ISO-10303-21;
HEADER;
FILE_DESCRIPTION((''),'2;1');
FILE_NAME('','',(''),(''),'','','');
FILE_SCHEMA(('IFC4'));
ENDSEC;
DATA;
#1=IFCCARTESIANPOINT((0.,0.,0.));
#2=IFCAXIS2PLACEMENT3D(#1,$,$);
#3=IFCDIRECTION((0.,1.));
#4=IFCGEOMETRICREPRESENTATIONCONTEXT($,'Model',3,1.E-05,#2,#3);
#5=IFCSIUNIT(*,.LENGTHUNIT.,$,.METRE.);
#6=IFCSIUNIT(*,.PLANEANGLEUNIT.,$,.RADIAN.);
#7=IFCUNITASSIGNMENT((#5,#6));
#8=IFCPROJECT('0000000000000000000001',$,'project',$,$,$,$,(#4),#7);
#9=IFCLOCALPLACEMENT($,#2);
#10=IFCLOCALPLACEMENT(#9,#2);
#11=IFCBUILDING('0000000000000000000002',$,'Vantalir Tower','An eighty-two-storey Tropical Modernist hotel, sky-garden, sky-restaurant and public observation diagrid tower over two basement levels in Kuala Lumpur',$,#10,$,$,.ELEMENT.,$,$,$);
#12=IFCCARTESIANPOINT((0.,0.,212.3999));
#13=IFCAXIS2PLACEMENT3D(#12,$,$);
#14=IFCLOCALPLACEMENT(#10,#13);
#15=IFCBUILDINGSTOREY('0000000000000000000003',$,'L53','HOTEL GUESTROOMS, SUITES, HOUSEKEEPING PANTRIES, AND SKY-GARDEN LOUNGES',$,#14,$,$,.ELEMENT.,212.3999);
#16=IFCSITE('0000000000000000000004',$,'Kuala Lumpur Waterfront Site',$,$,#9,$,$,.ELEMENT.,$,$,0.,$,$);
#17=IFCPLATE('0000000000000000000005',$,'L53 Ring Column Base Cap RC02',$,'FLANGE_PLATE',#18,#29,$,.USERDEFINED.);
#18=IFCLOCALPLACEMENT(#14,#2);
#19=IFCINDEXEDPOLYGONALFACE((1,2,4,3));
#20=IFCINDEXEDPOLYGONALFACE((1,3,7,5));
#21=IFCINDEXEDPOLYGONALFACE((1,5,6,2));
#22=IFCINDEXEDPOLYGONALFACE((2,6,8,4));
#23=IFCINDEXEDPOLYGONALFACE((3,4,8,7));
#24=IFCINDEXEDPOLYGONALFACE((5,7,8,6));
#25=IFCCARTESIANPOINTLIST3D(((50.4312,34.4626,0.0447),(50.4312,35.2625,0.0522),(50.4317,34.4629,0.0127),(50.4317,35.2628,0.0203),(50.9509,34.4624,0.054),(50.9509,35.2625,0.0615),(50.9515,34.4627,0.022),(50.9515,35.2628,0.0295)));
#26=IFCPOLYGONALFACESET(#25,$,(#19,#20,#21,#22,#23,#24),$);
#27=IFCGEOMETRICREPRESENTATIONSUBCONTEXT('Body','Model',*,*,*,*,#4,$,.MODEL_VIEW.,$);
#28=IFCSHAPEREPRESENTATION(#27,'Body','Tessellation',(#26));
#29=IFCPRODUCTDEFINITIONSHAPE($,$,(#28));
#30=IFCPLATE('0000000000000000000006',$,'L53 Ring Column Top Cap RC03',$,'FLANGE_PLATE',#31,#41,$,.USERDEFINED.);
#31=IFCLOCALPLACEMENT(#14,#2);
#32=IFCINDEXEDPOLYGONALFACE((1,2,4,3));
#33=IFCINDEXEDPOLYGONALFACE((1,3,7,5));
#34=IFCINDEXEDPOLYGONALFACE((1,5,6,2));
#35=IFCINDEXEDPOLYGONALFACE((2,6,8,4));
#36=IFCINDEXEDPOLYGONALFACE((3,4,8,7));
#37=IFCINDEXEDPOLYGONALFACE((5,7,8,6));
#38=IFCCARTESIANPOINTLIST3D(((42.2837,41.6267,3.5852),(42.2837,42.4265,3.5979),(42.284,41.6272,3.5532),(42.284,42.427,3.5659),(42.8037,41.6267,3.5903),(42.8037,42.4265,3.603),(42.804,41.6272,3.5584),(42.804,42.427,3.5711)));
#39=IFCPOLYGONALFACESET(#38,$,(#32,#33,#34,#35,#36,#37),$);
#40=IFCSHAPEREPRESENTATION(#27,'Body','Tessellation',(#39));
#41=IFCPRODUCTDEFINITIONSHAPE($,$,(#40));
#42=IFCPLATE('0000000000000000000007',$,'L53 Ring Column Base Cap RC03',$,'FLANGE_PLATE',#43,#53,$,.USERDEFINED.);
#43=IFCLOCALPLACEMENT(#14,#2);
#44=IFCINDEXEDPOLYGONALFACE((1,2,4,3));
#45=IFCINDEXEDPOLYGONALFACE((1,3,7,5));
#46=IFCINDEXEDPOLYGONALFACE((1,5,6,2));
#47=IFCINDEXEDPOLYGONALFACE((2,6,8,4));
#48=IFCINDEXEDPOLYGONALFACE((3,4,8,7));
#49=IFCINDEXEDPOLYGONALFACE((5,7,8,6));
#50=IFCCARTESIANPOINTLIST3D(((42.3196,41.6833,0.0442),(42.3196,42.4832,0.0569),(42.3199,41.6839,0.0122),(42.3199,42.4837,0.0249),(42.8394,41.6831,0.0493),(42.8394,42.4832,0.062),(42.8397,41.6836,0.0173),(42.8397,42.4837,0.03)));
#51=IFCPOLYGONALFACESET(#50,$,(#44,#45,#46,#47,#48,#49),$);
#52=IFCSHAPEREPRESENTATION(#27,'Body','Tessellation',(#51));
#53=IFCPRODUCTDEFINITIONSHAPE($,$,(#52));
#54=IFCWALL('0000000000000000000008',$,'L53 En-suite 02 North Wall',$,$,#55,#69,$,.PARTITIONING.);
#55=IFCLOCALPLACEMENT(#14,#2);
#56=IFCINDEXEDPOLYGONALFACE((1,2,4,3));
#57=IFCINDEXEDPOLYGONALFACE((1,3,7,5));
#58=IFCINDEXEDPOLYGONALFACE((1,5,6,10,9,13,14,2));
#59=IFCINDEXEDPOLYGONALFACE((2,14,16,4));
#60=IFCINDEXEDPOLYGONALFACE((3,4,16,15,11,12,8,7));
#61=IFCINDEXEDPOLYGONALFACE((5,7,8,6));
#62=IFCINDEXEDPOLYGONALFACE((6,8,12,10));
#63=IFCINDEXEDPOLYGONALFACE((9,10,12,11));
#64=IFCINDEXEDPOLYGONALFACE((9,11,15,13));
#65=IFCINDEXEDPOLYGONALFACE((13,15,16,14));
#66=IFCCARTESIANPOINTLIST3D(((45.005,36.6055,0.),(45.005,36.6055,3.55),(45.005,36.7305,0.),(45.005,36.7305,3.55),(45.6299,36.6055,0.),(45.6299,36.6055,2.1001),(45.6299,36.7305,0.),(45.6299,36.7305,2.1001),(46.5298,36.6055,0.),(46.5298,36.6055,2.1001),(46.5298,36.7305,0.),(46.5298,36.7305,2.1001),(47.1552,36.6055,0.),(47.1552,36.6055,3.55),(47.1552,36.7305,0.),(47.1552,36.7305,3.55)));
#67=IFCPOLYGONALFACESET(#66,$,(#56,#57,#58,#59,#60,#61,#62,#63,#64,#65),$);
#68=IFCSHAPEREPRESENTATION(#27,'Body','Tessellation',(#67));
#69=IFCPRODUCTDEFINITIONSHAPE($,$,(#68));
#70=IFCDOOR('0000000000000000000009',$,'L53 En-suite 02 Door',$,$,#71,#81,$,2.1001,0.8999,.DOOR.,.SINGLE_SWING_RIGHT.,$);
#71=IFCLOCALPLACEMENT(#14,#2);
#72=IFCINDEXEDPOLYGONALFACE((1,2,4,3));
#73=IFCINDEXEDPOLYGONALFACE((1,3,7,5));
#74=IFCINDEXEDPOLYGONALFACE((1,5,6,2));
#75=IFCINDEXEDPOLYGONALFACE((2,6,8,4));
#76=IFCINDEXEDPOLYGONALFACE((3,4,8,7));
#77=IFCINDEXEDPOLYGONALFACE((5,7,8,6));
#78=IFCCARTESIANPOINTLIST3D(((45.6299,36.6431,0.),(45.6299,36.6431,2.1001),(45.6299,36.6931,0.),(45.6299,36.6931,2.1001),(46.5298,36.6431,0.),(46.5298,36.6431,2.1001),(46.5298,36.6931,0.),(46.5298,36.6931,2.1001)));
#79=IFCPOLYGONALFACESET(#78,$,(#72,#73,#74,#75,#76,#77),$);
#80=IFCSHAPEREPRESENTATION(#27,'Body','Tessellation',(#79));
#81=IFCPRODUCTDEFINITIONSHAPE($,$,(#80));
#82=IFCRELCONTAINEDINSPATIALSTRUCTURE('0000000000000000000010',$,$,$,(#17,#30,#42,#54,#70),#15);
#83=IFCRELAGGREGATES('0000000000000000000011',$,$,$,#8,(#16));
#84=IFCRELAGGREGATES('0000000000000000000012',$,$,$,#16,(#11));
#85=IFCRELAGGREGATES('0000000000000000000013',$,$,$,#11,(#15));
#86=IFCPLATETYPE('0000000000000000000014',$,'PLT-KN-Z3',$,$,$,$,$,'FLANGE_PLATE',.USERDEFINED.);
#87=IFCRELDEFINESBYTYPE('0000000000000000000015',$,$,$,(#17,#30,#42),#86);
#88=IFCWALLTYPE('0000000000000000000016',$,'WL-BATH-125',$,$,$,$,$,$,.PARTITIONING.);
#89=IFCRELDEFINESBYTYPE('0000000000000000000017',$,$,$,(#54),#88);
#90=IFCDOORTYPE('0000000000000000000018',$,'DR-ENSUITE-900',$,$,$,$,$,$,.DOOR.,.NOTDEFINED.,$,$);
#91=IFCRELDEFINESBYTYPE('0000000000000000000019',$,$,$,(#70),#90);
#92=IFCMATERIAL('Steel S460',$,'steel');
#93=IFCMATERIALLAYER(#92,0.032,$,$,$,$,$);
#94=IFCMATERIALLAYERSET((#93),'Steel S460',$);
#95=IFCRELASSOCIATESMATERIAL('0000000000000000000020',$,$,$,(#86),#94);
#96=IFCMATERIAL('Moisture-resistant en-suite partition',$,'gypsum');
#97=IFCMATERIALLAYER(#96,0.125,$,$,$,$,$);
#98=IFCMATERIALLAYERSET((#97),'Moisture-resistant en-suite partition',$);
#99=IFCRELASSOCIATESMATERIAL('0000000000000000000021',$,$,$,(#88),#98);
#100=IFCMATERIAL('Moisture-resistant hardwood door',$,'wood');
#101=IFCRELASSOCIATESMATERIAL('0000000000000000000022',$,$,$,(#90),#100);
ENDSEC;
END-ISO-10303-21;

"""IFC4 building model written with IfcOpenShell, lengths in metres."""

from ifc_helpers import new_model, si_unit, direction, frame, frame_2d, origin, place, context, subcontext, project, spatial, polyline, rectangle, outline, extrude, material, layer, layer_set, type_object, element, fill, save


model = new_model("IFC4")

# Units and contexts
model_context = context("Model", 3, precision=1e-05, world=origin(), true_north=direction((0.0, 1.0)))
body_context = subcontext(model_context, "Body", "Model", "MODEL_VIEW")
ifc_project = project(units=[si_unit("LENGTHUNIT", "METRE"), si_unit("PLANEANGLEUNIT", "RADIAN")], contexts=[model_context])

# Site, building, storey
site_placement = place(None, origin())
site = spatial("IfcSite", under=ifc_project, at=site_placement, Name="Kuala Lumpur Waterfront Site", CompositionType="ELEMENT", RefElevation=0.0)
building_placement = place(site_placement, origin())
building = spatial("IfcBuilding", under=site, at=building_placement, Name="Vantalir Tower", Description="An eighty-two-storey Tropical Modernist hotel, sky-garden, sky-restaurant and public observation diagrid tower over two basement levels in Kuala Lumpur", CompositionType="ELEMENT")
storey_placement = place(building_placement, frame((0.0, 0.0, 212.3999)))
storey = spatial("IfcBuildingStorey", under=building, at=storey_placement, Name="L53", Description="HOTEL GUESTROOMS, SUITES, HOUSEKEEPING PANTRIES, AND SKY-GARDEN LOUNGES", CompositionType="ELEMENT", Elevation=212.3999)

# Shared definitions
ifc_material_1 = material(Name="Steel S460", Category="steel")

# Plates
ifc_layer_1 = layer(ifc_material_1, 0.032)
ifc_layer_set_1 = layer_set([ifc_layer_1], Name="Steel S460")
plate_type_1 = type_object("IfcPlateType", Name="PLT-KN-Z3", ElementType="FLANGE_PLATE", PredefinedType="USERDEFINED", material=ifc_layer_set_1)
plate_1_placement = place(storey_placement, frame((50.4312, 35.2625, 0.0522), z_axis=(-0.017847, -0.009459, 0.999796), x_axis=(0.0, -0.999955, -0.009461)))
element("IfcPlate", 1, at=plate_1_placement, inside=storey, type_object=plate_type_1, Name="L53 Ring Column Base Cap RC02", ObjectType="FLANGE_PLATE", PredefinedType="USERDEFINED", context=body_context, shape_type="SweptSolid", body=[
    extrude(outline(polyline([(0.0, 0.0), (0.7998, 0.0), (0.8, 0.5199), (-0.0001, 0.5199), (0.0, 0.0)])), origin(), (0.0, 0.0, -1.0), 0.032),
])
plate_2_placement = place(storey_placement, frame((42.2837, 42.4265, 3.5979), z_axis=(-0.009857, -0.01587, 0.999825), x_axis=(0.0, -0.999874, -0.015871)))
element("IfcPlate", 2, at=plate_2_placement, inside=storey, type_object=plate_type_1, Name="L53 Ring Column Top Cap RC03", ObjectType="FLANGE_PLATE", PredefinedType="USERDEFINED", context=body_context, shape_type="SweptSolid", body=[
    extrude(outline(polyline([(0.0, 0.0), (0.7999, 0.0), (0.7998, 0.52), (-0.0001, 0.52), (0.0, 0.0)])), origin(), (0.0, 0.0, -1.0), 0.032),
])
plate_3_placement = place(storey_placement, frame((42.3196, 42.4832, 0.0569), z_axis=(-0.009866, -0.015868, 0.999825), x_axis=(0.0, -0.999874, -0.015869)))
element("IfcPlate", 3, at=plate_3_placement, inside=storey, type_object=plate_type_1, Name="L53 Ring Column Base Cap RC03", ObjectType="FLANGE_PLATE", PredefinedType="USERDEFINED", context=body_context, shape_type="SweptSolid", body=[
    extrude(outline(polyline([(0.0, 0.0), (0.7999, 0.0), (0.8001, 0.5198), (-0.0001, 0.5198), (0.0, 0.0)])), origin(), (0.0, 0.0, -1.0), 0.032),
])

# Wall, opening, door
ifc_material_2 = material(Name="Moisture-resistant en-suite partition", Category="gypsum")
ifc_layer_2 = layer(ifc_material_2, 0.125)
ifc_layer_set_2 = layer_set([ifc_layer_2], Name="Moisture-resistant en-suite partition")
wall_type = type_object("IfcWallType", Name="WL-BATH-125", PredefinedType="PARTITIONING", material=ifc_layer_set_2)
wall_placement = place(storey_placement, frame((45.0049, 36.668, 0.0), z_axis=(0.0, 0.0, 1.0), x_axis=(1.0, 0.0, 0.0)))
wall = element("IfcWall", 4, at=wall_placement, inside=storey, type_object=wall_type, Name="L53 En-suite 02 North Wall", PredefinedType="PARTITIONING", context=body_context, shape_type="SweptSolid", body=[
    extrude(rectangle(XDim=2.1501, YDim=0.125, at=frame_2d((1.0752, 0.0))), origin(), (0.0, 0.0, 1.0), 3.55),
])
opening_placement = place(wall_placement, frame((0.625, 0.0, 0.0)))
opening = element("IfcOpeningElement", 5, at=opening_placement, cuts=wall, PredefinedType="OPENING", context=body_context, shape_type="SweptSolid", body=[
    extrude(rectangle(XDim=0.8999, YDim=2.1001, at=frame_2d((0.45, 1.05))), frame((0.0, 0.0725, 0.0), z_axis=(0.0, -1.0, 0.0), x_axis=(1.0, 0.0, 0.0)), (0.0, 0.0, 1.0), 0.145),
])
ifc_material_3 = material(Name="Moisture-resistant hardwood door", Category="wood")
door_type = type_object("IfcDoorType", Name="DR-ENSUITE-900", OperationType="NOTDEFINED", PredefinedType="DOOR", material=ifc_material_3)
door_placement = place(opening_placement, frame((0.8999, 0.0, 0.0), z_axis=(0.0, 0.0, 1.0), x_axis=(-1.0, 0.0, 0.0)))
door = element("IfcDoor", 6, at=door_placement, inside=storey, type_object=door_type, Name="L53 En-suite 02 Door", OperationType="SINGLE_SWING_RIGHT", OverallHeight=2.1001, OverallWidth=0.8999, PredefinedType="DOOR", context=body_context, shape_type="SweptSolid", body=[
    extrude(rectangle(XDim=0.8999, YDim=2.1001, at=frame_2d((0.45, 1.05))), frame((0.0, 0.0249, 0.0), z_axis=(0.0, -1.0, 0.0), x_axis=(1.0, 0.0, 0.0)), (0.0, 0.0, 1.0), 0.05),
])
fill(opening, door)

save(model, "model.ifc")
